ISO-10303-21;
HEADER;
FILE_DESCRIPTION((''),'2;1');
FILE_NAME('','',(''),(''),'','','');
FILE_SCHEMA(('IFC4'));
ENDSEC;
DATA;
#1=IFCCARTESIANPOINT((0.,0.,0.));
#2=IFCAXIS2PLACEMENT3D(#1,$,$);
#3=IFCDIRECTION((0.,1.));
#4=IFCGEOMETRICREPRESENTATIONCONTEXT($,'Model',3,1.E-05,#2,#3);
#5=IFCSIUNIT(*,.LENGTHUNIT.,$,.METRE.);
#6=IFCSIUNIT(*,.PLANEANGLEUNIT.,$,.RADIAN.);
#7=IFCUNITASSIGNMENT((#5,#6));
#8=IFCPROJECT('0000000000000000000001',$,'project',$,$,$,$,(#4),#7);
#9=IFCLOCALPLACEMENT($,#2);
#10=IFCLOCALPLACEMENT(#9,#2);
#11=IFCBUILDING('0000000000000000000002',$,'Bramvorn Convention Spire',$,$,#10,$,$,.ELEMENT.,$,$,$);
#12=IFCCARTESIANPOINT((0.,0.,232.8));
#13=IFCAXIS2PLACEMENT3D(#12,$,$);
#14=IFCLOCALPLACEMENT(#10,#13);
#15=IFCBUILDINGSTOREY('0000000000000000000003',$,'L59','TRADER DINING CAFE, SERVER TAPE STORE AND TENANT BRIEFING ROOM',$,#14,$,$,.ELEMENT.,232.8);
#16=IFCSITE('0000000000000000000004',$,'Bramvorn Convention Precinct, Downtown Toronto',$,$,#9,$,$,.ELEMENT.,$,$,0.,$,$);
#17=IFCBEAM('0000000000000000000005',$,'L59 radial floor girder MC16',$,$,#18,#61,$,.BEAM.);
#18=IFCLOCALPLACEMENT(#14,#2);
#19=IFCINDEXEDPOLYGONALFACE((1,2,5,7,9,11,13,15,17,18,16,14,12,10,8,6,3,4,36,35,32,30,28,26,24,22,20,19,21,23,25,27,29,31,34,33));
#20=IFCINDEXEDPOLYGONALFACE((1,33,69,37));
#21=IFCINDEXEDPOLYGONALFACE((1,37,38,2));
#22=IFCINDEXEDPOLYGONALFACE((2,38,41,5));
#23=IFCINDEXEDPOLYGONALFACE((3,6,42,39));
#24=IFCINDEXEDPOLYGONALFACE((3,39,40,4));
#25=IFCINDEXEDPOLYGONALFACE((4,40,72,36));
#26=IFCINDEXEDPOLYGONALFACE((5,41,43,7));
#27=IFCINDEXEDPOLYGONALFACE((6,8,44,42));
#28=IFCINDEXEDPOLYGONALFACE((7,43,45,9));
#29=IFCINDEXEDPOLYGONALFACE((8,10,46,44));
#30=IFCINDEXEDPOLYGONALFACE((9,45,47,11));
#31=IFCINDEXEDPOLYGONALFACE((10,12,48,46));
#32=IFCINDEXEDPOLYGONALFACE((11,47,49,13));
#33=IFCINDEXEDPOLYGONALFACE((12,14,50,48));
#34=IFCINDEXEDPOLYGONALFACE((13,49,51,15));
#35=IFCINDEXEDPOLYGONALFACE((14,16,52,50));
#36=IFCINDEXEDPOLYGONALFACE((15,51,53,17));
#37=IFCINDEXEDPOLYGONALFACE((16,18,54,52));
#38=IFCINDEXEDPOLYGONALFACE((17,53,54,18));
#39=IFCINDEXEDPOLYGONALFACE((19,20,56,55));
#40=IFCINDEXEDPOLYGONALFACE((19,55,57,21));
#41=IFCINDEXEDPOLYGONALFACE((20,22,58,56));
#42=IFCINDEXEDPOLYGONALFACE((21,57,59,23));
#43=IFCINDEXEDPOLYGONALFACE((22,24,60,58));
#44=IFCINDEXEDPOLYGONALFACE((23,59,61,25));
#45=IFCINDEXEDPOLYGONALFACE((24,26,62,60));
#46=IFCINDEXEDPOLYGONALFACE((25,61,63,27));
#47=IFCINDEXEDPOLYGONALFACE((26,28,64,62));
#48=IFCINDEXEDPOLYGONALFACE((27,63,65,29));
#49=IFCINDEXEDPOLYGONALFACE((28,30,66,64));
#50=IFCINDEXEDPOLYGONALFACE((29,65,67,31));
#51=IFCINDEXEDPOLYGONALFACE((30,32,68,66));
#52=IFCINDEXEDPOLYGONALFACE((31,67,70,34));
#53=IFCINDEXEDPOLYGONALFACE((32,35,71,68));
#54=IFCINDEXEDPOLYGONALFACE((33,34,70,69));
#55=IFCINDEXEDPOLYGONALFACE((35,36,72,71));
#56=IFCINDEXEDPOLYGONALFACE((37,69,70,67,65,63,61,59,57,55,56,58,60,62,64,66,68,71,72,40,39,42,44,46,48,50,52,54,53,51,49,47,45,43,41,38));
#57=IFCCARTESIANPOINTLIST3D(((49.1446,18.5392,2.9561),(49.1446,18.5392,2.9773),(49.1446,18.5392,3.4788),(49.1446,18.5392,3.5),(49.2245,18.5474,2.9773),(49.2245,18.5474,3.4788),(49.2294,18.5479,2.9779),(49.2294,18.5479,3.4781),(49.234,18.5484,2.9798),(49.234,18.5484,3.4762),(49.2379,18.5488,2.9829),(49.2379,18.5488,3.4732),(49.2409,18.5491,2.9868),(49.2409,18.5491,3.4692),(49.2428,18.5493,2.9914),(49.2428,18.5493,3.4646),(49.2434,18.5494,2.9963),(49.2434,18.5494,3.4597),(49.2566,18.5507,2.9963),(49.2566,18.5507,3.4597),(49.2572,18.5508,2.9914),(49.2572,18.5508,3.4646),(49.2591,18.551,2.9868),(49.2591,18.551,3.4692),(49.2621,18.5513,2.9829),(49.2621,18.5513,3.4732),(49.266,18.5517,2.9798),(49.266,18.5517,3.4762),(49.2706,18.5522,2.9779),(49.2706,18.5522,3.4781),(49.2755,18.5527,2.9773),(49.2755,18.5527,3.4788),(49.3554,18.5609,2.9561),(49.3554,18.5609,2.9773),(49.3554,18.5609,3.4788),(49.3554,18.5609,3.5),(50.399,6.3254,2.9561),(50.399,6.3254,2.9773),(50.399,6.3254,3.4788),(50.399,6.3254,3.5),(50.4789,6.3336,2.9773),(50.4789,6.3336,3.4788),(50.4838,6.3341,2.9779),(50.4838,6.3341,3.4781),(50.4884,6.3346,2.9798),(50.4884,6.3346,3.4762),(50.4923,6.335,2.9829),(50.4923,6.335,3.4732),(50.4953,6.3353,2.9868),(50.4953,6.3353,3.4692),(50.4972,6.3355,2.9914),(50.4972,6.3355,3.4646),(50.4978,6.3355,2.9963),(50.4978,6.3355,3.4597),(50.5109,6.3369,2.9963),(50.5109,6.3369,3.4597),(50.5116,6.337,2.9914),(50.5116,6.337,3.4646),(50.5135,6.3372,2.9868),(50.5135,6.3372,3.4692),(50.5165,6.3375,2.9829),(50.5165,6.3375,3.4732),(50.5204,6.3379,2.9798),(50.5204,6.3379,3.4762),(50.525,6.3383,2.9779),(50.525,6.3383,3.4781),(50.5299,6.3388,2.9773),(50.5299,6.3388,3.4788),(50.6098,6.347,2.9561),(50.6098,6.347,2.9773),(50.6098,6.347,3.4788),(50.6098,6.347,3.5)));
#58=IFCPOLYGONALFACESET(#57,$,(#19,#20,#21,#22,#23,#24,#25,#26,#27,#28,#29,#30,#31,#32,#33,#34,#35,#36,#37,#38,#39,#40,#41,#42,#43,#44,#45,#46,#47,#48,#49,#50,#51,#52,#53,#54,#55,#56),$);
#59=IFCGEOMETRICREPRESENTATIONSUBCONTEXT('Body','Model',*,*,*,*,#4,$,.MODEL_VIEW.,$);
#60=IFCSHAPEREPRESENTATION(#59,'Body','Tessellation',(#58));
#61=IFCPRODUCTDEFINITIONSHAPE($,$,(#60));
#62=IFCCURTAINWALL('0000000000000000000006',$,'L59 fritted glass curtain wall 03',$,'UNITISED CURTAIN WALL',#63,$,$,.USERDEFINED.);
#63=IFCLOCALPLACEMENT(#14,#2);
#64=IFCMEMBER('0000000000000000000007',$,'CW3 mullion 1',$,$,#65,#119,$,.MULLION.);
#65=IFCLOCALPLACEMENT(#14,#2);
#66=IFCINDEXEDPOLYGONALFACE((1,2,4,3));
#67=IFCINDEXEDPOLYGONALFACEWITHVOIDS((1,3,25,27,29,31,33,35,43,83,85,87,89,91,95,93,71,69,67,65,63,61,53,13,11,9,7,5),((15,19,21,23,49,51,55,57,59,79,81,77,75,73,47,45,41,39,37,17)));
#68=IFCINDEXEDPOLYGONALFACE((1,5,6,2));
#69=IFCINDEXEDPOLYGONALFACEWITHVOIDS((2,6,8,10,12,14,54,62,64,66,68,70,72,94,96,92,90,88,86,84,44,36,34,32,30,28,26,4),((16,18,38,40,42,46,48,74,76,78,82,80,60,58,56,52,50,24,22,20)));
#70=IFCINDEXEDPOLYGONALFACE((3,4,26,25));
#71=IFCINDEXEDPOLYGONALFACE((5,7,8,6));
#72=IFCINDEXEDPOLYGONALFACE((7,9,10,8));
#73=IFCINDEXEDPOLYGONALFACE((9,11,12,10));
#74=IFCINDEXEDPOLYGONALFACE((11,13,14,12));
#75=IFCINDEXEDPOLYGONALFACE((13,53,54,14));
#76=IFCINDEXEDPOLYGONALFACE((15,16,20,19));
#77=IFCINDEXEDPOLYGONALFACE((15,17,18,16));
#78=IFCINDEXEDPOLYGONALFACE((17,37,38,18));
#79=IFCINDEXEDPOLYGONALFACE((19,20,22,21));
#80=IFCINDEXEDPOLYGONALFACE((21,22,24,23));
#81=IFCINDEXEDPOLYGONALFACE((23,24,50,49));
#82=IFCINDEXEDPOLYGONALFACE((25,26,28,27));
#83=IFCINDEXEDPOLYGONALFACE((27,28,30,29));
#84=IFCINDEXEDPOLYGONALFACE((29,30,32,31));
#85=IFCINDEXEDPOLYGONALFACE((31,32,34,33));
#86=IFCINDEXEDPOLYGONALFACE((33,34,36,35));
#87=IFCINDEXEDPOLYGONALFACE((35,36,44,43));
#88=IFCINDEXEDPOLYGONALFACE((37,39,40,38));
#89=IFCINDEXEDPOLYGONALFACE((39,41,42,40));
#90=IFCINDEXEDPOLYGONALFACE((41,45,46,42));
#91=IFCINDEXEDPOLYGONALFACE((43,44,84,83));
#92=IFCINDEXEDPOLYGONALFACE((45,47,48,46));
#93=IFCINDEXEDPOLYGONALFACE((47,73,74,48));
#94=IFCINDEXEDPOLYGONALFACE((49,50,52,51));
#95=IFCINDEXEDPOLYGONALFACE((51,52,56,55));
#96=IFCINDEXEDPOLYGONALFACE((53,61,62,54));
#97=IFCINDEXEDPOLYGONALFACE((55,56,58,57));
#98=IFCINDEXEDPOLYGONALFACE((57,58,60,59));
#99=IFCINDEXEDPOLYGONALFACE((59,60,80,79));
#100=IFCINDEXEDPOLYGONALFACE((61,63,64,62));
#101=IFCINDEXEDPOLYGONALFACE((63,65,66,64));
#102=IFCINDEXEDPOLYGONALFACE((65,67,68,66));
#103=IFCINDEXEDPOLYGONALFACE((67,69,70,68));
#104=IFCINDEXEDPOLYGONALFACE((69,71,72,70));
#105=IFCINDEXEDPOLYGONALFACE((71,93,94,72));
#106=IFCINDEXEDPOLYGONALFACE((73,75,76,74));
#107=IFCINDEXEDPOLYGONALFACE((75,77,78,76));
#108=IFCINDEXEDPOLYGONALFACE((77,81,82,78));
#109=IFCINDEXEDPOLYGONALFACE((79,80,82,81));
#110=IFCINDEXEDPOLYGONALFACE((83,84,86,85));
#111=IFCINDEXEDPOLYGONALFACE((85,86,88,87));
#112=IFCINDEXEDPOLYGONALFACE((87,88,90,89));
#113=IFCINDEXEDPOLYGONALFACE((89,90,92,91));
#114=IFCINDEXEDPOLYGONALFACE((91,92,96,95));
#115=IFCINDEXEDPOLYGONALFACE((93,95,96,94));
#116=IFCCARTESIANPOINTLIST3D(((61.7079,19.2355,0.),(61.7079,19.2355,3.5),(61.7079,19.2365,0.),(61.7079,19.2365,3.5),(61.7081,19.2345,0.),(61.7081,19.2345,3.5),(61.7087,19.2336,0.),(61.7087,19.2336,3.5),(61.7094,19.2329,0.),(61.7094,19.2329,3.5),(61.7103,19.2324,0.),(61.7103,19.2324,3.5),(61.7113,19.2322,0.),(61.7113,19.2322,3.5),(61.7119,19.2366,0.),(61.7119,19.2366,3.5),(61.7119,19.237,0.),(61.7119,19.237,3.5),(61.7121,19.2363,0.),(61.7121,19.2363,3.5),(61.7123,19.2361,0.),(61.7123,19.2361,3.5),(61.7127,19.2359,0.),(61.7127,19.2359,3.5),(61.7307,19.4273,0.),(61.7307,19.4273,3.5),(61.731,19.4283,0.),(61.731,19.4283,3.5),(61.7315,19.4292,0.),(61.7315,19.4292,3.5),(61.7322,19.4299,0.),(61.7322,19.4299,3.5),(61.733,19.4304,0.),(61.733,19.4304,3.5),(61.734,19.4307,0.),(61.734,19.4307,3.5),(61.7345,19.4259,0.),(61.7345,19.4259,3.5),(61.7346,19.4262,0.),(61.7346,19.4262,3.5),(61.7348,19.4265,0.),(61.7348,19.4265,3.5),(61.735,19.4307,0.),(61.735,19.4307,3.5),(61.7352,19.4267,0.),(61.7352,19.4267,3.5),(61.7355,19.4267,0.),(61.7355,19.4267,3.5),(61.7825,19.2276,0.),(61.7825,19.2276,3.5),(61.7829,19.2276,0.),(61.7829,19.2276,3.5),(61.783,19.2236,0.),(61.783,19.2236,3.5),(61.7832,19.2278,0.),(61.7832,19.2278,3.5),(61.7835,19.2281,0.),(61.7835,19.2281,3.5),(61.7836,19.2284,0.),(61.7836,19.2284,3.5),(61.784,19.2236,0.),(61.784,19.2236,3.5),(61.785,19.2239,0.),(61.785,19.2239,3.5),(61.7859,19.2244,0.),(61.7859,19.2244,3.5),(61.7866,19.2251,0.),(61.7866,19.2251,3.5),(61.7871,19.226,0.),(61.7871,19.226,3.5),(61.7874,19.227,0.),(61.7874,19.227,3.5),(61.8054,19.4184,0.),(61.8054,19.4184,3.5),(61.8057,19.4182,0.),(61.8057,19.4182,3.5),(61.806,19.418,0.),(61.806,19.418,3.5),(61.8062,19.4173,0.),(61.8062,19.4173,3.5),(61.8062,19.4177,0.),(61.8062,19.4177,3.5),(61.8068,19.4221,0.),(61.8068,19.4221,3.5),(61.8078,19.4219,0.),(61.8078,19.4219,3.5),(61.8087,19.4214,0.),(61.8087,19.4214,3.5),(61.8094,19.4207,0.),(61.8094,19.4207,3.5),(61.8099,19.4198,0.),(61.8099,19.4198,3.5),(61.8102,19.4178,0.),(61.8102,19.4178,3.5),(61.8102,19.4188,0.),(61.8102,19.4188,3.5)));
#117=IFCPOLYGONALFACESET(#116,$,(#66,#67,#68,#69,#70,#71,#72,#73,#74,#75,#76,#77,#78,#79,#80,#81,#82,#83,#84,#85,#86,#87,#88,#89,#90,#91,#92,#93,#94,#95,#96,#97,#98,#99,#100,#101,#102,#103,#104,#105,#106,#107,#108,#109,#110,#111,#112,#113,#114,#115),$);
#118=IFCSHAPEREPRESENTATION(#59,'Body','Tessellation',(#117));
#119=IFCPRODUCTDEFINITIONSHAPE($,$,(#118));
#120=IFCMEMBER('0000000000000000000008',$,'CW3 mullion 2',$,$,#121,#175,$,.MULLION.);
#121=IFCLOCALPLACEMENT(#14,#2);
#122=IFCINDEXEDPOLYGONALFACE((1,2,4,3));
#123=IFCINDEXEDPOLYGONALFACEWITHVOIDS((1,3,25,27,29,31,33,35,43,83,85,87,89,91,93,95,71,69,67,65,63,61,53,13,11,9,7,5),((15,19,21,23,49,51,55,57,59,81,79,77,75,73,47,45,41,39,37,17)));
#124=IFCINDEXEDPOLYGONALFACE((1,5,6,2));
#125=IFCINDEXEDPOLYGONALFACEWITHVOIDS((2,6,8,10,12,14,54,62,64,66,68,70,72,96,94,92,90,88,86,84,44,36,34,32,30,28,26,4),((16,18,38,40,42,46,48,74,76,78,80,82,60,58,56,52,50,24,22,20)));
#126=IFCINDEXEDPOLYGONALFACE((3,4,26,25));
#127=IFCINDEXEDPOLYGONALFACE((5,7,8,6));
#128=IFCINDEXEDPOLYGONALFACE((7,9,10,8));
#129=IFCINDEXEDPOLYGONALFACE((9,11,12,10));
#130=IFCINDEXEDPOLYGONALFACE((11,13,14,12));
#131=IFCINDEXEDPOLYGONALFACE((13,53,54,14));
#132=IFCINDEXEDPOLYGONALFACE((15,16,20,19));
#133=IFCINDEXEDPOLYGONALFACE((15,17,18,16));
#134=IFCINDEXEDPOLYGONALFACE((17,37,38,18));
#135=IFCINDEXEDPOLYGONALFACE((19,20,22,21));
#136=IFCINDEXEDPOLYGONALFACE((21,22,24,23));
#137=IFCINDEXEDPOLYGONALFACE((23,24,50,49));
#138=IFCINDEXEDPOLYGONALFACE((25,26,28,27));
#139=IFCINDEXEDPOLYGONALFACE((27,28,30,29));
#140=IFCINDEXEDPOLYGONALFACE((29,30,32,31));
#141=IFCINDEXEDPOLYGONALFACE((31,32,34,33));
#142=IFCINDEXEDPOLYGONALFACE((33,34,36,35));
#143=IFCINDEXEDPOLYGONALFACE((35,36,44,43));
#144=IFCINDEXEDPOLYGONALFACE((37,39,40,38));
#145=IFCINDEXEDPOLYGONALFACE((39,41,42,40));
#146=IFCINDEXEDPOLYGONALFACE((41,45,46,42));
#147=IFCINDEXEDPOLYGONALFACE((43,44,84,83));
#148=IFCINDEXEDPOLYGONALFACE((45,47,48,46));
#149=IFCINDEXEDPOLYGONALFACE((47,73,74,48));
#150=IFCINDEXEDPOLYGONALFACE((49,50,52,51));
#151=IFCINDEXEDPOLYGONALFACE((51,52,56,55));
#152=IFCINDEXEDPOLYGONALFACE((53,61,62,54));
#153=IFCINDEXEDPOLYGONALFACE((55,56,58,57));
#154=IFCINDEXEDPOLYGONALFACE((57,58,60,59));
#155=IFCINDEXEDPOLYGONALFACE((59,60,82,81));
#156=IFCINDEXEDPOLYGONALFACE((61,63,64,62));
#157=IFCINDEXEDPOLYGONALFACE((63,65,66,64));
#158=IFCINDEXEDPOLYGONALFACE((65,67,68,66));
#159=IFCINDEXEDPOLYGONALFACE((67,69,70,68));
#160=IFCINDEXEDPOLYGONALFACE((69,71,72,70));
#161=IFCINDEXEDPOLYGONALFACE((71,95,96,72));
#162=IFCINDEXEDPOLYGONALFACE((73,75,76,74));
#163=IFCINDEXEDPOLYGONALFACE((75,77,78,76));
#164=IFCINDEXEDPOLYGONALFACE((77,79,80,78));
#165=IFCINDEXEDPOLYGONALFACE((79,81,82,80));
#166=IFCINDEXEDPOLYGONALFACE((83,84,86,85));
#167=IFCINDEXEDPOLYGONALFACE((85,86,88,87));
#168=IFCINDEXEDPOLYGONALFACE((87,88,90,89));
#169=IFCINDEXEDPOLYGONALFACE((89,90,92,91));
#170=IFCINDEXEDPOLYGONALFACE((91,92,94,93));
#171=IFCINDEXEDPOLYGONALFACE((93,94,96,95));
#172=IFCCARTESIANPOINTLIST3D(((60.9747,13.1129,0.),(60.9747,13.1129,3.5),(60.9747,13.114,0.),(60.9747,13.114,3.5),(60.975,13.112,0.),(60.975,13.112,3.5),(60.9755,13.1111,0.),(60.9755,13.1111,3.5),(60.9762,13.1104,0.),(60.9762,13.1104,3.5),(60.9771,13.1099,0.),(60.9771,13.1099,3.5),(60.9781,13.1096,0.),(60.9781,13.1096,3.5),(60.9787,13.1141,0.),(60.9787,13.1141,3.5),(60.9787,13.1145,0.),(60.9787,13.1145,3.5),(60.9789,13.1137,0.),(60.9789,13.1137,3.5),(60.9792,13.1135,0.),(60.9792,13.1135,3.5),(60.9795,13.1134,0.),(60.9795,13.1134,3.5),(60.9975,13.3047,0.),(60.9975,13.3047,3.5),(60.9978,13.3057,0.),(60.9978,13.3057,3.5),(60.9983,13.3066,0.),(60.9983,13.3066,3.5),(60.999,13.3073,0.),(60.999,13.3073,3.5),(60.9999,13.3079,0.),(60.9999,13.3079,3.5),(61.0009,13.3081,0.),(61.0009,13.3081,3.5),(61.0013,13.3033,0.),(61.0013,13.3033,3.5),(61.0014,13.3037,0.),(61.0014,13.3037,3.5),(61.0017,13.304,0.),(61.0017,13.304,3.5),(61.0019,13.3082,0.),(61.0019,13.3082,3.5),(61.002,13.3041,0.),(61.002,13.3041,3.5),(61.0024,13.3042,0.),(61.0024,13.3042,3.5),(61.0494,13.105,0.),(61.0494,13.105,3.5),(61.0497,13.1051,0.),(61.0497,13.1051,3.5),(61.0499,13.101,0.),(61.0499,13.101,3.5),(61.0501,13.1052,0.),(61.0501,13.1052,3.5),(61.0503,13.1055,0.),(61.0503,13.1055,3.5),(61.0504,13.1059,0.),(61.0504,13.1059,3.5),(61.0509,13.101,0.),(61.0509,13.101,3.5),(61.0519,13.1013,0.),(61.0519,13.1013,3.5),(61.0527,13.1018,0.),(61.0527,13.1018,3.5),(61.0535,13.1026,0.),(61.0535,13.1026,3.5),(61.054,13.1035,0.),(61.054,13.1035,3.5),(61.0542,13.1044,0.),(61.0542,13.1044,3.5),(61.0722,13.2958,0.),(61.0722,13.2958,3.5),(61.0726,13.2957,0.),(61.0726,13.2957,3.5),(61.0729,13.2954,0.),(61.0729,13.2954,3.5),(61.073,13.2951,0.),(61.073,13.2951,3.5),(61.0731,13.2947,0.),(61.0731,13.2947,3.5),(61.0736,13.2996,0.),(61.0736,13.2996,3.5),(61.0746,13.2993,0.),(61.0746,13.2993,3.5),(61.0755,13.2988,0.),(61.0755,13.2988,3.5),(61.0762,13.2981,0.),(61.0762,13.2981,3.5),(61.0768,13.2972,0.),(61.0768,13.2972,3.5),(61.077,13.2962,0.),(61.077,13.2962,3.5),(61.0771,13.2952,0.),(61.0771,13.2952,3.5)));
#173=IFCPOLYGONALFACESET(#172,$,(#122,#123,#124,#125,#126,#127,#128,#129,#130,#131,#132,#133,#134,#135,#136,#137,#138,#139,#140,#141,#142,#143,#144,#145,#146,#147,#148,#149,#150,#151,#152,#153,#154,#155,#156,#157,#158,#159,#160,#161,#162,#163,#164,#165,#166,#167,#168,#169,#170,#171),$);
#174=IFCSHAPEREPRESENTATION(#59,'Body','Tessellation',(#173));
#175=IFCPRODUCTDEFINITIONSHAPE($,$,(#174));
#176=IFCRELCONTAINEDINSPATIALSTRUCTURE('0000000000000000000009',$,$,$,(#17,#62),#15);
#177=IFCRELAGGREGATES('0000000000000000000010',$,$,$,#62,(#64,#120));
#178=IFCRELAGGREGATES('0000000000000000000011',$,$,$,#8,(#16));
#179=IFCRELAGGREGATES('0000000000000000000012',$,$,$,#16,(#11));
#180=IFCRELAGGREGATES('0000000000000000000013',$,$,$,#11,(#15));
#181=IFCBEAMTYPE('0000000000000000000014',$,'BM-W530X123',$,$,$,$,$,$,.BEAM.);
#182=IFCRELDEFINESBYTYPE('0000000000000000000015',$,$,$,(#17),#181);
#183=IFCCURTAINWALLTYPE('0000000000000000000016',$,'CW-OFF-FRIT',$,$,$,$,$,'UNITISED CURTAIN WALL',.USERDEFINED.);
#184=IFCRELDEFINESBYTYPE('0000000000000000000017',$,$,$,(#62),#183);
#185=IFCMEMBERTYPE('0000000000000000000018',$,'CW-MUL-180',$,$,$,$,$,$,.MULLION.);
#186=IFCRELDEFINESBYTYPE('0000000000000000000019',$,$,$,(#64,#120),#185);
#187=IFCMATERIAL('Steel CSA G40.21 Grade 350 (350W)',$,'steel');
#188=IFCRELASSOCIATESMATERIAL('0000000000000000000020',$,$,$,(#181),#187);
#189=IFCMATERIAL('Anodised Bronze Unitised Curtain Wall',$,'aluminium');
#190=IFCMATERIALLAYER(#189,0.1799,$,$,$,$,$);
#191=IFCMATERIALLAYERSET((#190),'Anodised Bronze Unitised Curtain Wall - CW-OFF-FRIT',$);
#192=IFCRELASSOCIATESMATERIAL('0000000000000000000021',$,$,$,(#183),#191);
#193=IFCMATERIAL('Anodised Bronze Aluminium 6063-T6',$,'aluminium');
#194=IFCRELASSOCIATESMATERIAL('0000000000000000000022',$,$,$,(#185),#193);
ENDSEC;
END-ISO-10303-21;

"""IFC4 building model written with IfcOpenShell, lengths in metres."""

from ifc_helpers import new_model, si_unit, direction, frame, origin, origin_2d, place, context, subcontext, project, spatial, hollow_rectangle, i_section, extrude, material, layer, layer_set, material_profile, profile_set, type_object, element, aggregate, save


model = new_model("IFC4")

# Units and contexts
model_context = context("Model", 3, precision=1e-05, world=origin(), true_north=direction((0.0, 1.0)))
body_context = subcontext(model_context, "Body", "Model", "MODEL_VIEW")
ifc_project = project(units=[si_unit("LENGTHUNIT", "METRE"), si_unit("PLANEANGLEUNIT", "RADIAN")], contexts=[model_context])

# Site, building, storey
site_placement = place(None, origin())
site = spatial("IfcSite", under=ifc_project, at=site_placement, Name="Bramvorn Convention Precinct, Downtown Toronto", CompositionType="ELEMENT", RefElevation=0.0)
building_placement = place(site_placement, origin())
building = spatial("IfcBuilding", under=site, at=building_placement, Name="Bramvorn Convention Spire", CompositionType="ELEMENT")
storey_placement = place(building_placement, frame((0.0, 0.0, 232.8)))
storey = spatial("IfcBuildingStorey", under=building, at=storey_placement, Name="L59", Description="TRADER DINING CAFE, SERVER TAPE STORE AND TENANT BRIEFING ROOM", CompositionType="ELEMENT", Elevation=232.8)

# Shared definitions
ifc_material_1 = material(Name="Steel CSA G40.21 Grade 350 (350W)", Category="steel")

# Beam
ifc_material_profile_1 = material_profile(ifc_material_1, i_section(OverallWidth=0.2119, OverallDepth=0.5439, WebThickness=0.0132, FlangeThickness=0.0212, FilletRadius=0.019, at=origin_2d()))
ifc_profile_set_1 = profile_set([ifc_material_profile_1], Name="Steel CSA G40.21 Grade 350 (350W) - W530X123")
beam_type_1 = type_object("IfcBeamType", Name="BM-W530X123", PredefinedType="BEAM", material=ifc_profile_set_1)
beam_1_placement = place(storey_placement, frame((49.25, 18.55, 3.228), z_axis=(0.102165, -0.994767, 0.0), x_axis=(0.994767, 0.102165, 0.0)))
element("IfcBeam", 1, at=beam_1_placement, inside=storey, type_object=beam_type_1, Name="L59 radial floor girder MC16", PredefinedType="BEAM", context=body_context, shape_type="SweptSolid", body=[
    extrude(i_section(OverallWidth=0.2119, OverallDepth=0.5439, WebThickness=0.0132, FlangeThickness=0.0212, FilletRadius=0.019, at=origin_2d()), origin(), (0.0, 0.0, 1.0), 12.2781),
])

# Curtain wall, members
ifc_material_2 = material(Name="Anodised Bronze Unitised Curtain Wall", Category="aluminium")
ifc_layer_1 = layer(ifc_material_2, 0.1799)
ifc_layer_set_1 = layer_set([ifc_layer_1], Name="Anodised Bronze Unitised Curtain Wall - CW-OFF-FRIT")
curtain_wall_type = type_object("IfcCurtainWallType", Name="CW-OFF-FRIT", ElementType="UNITISED CURTAIN WALL", PredefinedType="USERDEFINED", material=ifc_layer_set_1)
curtain_wall_1_placement = place(storey_placement, origin())
curtain_wall_1 = element("IfcCurtainWall", 2, at=curtain_wall_1_placement, inside=storey, type_object=curtain_wall_type, Name="L59 fritted glass curtain wall 03", ObjectType="UNITISED CURTAIN WALL", PredefinedType="USERDEFINED")
ifc_material_3 = material(Name="Anodised Bronze Aluminium 6063-T6", Category="aluminium")
ifc_material_profile_2 = material_profile(ifc_material_3, hollow_rectangle(XDim=0.0801, YDim=0.2, WallThickness=0.0039, InnerFilletRadius=0.001, OuterFilletRadius=0.0039, at=origin_2d()))
ifc_profile_set_2 = profile_set([ifc_material_profile_2], Name="Anodised Bronze Aluminium 6063-T6 - CWM80X200")
member_type_1 = type_object("IfcMemberType", Name="CW-MUL-180", PredefinedType="MULLION", material=ifc_profile_set_2)
member_1_placement = place(storey_placement, frame((61.759, 19.3271, 0.0), z_axis=(0.0, 0.0, 1.0), x_axis=(0.992907, -0.118898, 0.0)))
member_1 = element("IfcMember", 3, at=member_1_placement, type_object=member_type_1, Name="CW3 mullion 1", PredefinedType="MULLION", context=body_context, shape_type="SweptSolid", body=[
    extrude(hollow_rectangle(XDim=0.0801, YDim=0.2, WallThickness=0.0039, InnerFilletRadius=0.001, OuterFilletRadius=0.0039, at=origin_2d()), origin(), (0.0, 0.0, 1.0), 3.5),
])
member_2_placement = place(storey_placement, frame((61.0259, 13.2046, 0.0), z_axis=(0.0, 0.0, 1.0), x_axis=(0.992907, -0.118898, 0.0)))
member_2 = element("IfcMember", 4, at=member_2_placement, type_object=member_type_1, Name="CW3 mullion 2", PredefinedType="MULLION", context=body_context, shape_type="SweptSolid", body=[
    extrude(hollow_rectangle(XDim=0.0801, YDim=0.2, WallThickness=0.0039, InnerFilletRadius=0.001, OuterFilletRadius=0.0039, at=origin_2d()), origin(), (0.0, 0.0, 1.0), 3.5),
])

aggregate(curtain_wall_1, [member_1, member_2])

save(model, "model.ifc")
